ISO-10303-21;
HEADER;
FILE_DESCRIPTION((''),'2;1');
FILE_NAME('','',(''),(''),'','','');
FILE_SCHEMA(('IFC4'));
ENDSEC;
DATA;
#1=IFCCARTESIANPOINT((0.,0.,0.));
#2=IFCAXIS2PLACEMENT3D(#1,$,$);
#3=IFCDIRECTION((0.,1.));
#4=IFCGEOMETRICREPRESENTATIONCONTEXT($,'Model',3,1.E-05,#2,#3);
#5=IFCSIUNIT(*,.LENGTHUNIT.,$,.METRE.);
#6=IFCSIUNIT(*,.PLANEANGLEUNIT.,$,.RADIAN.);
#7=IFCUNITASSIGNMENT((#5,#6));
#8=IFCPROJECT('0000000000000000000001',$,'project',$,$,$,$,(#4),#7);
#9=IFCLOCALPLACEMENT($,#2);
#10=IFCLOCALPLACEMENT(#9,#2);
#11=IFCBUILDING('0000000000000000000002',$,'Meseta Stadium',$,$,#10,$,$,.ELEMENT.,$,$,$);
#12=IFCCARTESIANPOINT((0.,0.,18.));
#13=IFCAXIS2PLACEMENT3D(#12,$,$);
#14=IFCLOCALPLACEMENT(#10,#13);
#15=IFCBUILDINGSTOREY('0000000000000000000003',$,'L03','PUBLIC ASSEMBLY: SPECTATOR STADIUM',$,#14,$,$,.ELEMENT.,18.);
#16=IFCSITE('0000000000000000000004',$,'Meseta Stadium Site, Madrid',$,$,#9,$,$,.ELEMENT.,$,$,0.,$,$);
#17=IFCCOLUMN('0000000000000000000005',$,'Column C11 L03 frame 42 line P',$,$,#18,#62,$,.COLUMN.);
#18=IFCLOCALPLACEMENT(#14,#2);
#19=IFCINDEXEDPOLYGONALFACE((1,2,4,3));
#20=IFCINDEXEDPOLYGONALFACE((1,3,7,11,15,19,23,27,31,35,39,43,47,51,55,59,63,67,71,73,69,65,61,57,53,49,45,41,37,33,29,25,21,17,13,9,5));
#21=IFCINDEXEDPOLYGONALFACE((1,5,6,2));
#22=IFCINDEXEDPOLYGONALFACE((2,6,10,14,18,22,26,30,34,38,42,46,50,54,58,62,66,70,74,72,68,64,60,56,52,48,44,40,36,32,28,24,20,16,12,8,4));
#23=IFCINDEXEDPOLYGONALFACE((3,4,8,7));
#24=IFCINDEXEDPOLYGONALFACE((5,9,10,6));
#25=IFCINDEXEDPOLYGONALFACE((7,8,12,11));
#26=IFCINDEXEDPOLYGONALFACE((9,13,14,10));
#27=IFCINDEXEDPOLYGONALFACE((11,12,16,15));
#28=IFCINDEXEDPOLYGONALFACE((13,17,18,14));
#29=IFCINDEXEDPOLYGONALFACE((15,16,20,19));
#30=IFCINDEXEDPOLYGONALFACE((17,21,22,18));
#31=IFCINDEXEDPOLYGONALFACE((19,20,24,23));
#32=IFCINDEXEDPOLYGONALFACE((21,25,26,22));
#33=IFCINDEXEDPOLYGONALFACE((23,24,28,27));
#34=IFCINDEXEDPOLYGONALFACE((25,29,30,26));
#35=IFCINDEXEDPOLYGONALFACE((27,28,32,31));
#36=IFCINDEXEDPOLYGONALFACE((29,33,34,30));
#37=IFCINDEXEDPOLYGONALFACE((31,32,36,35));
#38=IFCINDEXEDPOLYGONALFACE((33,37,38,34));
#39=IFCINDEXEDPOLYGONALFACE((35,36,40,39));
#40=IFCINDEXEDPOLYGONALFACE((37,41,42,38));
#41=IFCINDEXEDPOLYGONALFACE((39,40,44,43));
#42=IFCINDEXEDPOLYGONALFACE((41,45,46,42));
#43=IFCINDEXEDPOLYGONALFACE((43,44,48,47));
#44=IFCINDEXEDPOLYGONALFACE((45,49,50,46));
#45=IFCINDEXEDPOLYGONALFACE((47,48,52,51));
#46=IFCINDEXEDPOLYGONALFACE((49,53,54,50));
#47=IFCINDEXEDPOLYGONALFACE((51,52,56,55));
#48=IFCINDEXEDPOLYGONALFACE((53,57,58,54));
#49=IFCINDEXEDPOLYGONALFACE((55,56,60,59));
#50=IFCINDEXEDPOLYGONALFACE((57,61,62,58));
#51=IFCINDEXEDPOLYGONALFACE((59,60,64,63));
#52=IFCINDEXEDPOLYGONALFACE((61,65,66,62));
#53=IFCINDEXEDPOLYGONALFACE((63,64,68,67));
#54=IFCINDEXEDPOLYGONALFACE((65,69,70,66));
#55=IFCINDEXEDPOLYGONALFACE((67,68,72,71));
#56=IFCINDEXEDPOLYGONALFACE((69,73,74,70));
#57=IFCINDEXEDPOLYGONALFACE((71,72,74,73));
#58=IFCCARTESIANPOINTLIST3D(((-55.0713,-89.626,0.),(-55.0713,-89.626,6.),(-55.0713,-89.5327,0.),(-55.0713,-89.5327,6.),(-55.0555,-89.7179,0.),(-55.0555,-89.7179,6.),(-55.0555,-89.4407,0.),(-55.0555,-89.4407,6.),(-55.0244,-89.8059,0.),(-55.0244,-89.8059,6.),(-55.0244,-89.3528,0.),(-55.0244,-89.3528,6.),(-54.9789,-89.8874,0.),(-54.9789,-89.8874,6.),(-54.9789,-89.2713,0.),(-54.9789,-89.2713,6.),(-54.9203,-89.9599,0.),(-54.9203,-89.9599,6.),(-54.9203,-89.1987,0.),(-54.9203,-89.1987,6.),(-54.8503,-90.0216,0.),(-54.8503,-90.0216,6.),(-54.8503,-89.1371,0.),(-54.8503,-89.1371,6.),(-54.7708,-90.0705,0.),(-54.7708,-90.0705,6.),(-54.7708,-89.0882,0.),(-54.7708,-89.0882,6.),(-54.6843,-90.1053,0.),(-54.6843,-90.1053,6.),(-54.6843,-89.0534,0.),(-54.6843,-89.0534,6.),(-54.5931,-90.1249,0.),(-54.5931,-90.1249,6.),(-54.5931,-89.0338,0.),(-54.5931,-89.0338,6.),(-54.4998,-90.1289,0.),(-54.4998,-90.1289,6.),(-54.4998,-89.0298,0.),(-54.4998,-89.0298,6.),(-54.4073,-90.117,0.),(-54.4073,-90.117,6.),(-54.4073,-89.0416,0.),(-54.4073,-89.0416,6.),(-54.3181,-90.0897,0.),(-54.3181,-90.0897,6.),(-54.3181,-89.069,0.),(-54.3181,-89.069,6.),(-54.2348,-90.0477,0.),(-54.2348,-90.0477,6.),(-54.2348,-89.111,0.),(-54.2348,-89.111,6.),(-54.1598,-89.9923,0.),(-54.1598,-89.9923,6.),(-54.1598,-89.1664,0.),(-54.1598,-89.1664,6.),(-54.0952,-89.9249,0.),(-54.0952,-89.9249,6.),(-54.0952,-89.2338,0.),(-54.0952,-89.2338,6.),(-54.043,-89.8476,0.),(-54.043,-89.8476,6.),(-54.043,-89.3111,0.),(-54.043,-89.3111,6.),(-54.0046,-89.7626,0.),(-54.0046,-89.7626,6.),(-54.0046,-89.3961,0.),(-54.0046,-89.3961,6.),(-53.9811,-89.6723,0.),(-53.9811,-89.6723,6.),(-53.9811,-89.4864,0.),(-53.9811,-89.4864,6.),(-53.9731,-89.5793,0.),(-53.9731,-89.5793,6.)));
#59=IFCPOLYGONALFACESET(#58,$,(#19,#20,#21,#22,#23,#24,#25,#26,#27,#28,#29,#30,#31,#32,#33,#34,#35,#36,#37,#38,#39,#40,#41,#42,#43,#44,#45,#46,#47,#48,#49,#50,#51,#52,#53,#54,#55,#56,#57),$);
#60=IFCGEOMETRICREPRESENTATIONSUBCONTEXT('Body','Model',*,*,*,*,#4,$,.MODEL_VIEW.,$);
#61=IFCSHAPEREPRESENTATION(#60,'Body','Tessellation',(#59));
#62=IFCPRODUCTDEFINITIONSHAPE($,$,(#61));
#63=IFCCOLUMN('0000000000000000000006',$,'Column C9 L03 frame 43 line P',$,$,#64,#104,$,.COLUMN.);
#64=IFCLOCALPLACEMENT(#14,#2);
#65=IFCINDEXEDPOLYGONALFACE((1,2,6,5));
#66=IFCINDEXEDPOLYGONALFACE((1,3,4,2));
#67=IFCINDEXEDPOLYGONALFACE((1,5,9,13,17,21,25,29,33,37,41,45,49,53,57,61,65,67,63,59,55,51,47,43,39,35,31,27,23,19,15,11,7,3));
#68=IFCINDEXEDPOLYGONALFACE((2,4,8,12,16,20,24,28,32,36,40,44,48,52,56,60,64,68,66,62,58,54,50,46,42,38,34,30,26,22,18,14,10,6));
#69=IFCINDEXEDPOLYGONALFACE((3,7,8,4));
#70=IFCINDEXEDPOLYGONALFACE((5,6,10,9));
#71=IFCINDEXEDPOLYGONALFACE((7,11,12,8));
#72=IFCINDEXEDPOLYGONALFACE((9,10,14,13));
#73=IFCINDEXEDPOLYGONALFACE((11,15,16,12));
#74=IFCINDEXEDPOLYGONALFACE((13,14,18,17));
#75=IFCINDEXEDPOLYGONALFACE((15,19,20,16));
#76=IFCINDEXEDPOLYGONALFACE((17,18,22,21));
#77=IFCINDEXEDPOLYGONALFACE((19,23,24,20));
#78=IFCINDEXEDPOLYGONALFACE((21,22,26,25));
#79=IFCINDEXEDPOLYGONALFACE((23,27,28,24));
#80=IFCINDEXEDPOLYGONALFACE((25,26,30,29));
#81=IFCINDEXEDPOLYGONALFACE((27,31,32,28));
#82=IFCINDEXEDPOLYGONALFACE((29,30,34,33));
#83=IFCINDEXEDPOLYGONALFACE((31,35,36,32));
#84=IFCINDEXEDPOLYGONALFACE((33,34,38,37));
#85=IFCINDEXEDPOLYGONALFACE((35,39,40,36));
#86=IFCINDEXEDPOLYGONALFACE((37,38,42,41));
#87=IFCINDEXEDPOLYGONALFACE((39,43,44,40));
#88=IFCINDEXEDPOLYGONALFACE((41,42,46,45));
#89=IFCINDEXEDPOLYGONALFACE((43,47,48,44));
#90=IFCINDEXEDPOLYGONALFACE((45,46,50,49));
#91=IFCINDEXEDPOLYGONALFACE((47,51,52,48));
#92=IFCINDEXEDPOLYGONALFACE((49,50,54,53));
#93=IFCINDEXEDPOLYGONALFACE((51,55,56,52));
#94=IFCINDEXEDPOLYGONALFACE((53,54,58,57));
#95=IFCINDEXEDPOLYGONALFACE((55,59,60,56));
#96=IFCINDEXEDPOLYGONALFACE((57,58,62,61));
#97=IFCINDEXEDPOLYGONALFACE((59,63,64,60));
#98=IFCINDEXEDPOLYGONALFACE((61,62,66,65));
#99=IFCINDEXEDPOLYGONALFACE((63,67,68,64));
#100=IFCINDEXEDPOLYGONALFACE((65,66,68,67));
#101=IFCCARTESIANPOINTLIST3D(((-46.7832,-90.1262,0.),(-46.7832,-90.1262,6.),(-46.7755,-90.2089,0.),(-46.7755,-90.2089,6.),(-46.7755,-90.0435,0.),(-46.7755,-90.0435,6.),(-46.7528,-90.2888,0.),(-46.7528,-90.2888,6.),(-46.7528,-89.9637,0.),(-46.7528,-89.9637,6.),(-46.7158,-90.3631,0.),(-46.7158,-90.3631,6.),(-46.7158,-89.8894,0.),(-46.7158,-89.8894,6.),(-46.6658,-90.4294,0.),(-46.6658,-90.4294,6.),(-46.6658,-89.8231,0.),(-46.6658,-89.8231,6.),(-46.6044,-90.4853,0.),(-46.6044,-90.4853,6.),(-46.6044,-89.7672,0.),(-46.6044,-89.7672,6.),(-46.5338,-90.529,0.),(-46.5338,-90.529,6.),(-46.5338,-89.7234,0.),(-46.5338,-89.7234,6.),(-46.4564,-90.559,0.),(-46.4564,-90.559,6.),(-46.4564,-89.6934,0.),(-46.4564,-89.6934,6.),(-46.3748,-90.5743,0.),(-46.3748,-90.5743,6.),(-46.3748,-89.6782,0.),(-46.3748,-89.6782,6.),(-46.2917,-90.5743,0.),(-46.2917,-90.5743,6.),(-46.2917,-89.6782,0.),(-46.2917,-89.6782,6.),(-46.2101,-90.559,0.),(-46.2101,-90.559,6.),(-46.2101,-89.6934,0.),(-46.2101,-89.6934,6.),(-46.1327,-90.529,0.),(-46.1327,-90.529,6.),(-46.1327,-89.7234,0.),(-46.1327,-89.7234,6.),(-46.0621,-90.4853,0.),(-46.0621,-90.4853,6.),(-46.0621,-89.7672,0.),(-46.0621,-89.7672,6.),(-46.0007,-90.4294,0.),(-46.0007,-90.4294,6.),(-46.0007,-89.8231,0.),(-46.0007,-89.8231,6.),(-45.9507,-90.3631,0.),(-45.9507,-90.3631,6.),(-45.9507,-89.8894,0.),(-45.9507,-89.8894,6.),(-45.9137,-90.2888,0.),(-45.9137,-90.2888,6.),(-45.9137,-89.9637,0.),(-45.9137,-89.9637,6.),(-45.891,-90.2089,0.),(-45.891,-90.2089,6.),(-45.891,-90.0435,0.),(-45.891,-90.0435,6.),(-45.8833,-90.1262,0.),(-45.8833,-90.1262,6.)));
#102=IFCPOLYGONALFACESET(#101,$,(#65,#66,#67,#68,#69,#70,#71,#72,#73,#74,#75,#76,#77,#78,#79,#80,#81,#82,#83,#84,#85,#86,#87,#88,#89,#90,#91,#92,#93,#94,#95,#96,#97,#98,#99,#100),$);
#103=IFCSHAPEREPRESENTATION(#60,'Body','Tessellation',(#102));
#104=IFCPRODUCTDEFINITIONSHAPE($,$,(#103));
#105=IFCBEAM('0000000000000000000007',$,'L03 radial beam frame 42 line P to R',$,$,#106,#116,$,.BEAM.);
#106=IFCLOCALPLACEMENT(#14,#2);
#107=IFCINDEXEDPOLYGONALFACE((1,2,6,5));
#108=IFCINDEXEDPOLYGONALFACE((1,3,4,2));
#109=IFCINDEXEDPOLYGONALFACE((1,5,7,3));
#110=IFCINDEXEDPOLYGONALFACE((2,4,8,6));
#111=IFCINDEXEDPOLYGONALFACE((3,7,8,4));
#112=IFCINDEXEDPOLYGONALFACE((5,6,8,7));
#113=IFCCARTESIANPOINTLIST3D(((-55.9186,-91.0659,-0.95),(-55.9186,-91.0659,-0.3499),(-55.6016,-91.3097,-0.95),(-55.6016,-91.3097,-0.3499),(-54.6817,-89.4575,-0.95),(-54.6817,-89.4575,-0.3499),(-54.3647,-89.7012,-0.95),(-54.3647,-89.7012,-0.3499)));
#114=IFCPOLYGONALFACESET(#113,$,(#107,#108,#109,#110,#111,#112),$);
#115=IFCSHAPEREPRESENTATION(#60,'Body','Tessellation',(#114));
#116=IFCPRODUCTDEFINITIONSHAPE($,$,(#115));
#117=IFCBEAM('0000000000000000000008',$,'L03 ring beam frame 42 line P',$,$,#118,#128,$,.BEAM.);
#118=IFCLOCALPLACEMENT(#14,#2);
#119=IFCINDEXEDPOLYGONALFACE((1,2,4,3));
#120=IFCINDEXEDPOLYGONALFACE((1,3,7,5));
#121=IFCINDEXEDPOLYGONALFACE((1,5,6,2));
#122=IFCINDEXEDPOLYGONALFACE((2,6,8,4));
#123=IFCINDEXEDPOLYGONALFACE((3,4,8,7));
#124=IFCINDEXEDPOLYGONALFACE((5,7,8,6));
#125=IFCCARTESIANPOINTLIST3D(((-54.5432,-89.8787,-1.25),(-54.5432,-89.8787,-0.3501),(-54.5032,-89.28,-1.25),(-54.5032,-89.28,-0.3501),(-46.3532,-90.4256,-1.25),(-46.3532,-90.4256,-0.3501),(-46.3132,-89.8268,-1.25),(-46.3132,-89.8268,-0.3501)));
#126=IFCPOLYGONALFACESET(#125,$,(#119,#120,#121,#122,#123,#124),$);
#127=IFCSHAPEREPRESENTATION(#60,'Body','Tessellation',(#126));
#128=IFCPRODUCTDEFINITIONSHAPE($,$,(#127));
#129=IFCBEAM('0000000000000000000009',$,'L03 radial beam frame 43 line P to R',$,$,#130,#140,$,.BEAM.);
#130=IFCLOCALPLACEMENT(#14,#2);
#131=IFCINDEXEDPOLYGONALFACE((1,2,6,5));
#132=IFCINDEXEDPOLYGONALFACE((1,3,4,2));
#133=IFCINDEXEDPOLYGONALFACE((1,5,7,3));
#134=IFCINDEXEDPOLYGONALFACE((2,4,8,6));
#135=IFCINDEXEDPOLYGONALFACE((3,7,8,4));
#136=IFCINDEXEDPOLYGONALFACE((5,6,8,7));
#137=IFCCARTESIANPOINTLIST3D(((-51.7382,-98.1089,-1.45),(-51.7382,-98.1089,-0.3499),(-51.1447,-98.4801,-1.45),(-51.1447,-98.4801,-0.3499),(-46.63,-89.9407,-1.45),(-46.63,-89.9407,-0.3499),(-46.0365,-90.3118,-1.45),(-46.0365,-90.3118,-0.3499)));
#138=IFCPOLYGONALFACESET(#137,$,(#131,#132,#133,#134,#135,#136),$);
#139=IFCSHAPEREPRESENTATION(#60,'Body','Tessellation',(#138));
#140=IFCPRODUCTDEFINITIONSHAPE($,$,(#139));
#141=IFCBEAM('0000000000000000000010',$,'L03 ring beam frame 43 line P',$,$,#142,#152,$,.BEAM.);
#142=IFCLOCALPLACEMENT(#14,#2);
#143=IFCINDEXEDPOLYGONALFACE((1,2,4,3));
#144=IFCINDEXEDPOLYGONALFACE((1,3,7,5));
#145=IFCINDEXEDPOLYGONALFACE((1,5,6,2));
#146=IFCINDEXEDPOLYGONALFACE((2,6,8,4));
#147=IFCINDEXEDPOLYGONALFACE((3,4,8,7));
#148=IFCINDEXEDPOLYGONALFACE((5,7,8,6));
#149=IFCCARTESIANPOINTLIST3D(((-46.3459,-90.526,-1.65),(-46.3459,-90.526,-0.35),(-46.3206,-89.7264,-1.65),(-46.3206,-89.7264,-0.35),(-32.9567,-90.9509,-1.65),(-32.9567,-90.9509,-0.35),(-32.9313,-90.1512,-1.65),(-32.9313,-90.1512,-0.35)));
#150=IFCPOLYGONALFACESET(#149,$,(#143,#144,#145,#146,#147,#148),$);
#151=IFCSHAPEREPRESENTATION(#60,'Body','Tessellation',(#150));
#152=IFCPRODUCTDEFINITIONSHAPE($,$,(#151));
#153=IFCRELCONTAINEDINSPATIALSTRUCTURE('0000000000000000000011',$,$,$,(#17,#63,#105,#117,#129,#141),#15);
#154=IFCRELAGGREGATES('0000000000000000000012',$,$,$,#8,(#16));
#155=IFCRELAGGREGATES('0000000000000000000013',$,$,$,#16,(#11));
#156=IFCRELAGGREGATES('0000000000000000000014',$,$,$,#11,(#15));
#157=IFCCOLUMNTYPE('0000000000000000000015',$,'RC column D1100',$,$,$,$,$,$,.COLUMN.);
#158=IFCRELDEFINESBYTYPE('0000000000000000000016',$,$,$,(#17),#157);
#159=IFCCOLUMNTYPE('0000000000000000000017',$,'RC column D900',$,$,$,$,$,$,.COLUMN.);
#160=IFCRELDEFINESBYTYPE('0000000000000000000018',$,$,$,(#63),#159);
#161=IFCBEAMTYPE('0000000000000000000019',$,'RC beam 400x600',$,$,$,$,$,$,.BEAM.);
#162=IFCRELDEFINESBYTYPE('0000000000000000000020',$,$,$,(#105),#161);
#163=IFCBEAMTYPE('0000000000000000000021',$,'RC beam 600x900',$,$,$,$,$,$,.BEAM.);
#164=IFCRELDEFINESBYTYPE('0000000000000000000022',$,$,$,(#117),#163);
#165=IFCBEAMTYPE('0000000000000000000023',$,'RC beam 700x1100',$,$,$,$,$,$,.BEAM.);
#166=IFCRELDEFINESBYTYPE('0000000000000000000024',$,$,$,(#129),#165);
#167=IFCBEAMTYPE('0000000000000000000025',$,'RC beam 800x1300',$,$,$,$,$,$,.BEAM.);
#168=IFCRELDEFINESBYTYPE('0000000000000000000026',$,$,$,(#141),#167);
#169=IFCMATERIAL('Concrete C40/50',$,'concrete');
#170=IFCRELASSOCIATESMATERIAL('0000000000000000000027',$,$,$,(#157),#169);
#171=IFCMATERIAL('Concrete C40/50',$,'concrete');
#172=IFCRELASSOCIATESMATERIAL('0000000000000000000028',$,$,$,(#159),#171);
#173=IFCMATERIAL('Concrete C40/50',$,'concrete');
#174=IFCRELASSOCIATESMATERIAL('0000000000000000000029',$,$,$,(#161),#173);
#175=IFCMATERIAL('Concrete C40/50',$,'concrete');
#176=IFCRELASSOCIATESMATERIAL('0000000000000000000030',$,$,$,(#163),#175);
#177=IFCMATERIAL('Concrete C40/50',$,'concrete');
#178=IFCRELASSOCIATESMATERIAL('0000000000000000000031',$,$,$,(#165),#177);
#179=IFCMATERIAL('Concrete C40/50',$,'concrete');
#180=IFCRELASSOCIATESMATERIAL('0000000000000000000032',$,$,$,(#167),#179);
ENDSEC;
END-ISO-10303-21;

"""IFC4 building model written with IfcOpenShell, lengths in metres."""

from ifc_helpers import new_model, si_unit, direction, frame, origin, origin_2d, place, context, subcontext, project, spatial, rectangle, circle, extrude, material, material_profile, profile_set, type_object, element, save


model = new_model("IFC4")

# Units and contexts
model_context = context("Model", 3, precision=1e-05, world=origin(), true_north=direction((0.0, 1.0)))
body_context = subcontext(model_context, "Body", "Model", "MODEL_VIEW")
ifc_project = project(units=[si_unit("LENGTHUNIT", "METRE"), si_unit("PLANEANGLEUNIT", "RADIAN")], contexts=[model_context])

# Site, building, storey
site_placement = place(None, origin())
site = spatial("IfcSite", under=ifc_project, at=site_placement, Name="Meseta Stadium Site, Madrid", CompositionType="ELEMENT", RefElevation=0.0)
building_placement = place(site_placement, origin())
building = spatial("IfcBuilding", under=site, at=building_placement, Name="Meseta Stadium", CompositionType="ELEMENT")
storey_placement = place(building_placement, frame((0.0, 0.0, 18.0)))
storey = spatial("IfcBuildingStorey", under=building, at=storey_placement, Name="L03", Description="PUBLIC ASSEMBLY: SPECTATOR STADIUM", CompositionType="ELEMENT", Elevation=18.0)

# Columns
ifc_material_1 = material(Name="Concrete C40/50", Category="concrete")
ifc_material_profile_1 = material_profile(ifc_material_1, circle(Radius=0.55, at=origin_2d()), Name="RC D1100")
ifc_profile_set_1 = profile_set([ifc_material_profile_1], Name="Concrete C40/50")
column_type_1 = type_object("IfcColumnType", Name="RC column D1100", PredefinedType="COLUMN", material=ifc_profile_set_1)
column_1_placement = place(storey_placement, frame((-54.5232, -89.5793, 0.0), z_axis=(0.0, 0.0, 1.0), x_axis=(1.0, 0.0, 0.0)))
element("IfcColumn", 1, at=column_1_placement, inside=storey, type_object=column_type_1, Name="Column C11 L03 frame 42 line P", PredefinedType="COLUMN", context=body_context, shape_type="SweptSolid", body=[
    extrude(circle(Radius=0.55, at=origin_2d()), origin(), (0.0, 0.0, 1.0), 6.0),
])
ifc_material_2 = material(Name="Concrete C40/50", Category="concrete")
ifc_material_profile_2 = material_profile(ifc_material_2, circle(Radius=0.45, at=origin_2d()), Name="RC D900")
ifc_profile_set_2 = profile_set([ifc_material_profile_2], Name="Concrete C40/50")
column_type_2 = type_object("IfcColumnType", Name="RC column D900", PredefinedType="COLUMN", material=ifc_profile_set_2)
column_2_placement = place(storey_placement, frame((-46.3333, -90.1262, 0.0), z_axis=(0.0, 0.0, 1.0), x_axis=(1.0, 0.0, 0.0)))
element("IfcColumn", 2, at=column_2_placement, inside=storey, type_object=column_type_2, Name="Column C9 L03 frame 43 line P", PredefinedType="COLUMN", context=body_context, shape_type="SweptSolid", body=[
    extrude(circle(Radius=0.45, at=origin_2d()), origin(), (0.0, 0.0, 1.0), 6.0),
])

# Beams
ifc_material_3 = material(Name="Concrete C40/50", Category="concrete")
ifc_material_profile_3 = material_profile(ifc_material_3, rectangle(XDim=0.3999, YDim=0.6001, at=origin_2d()), Name="RC 400x600")
ifc_profile_set_3 = profile_set([ifc_material_profile_3], Name="Concrete C40/50")
beam_type_1 = type_object("IfcBeamType", Name="RC beam 400x600", PredefinedType="BEAM", material=ifc_profile_set_3)
beam_1_placement = place(storey_placement, frame((-54.5232, -89.5793, -0.6499), z_axis=(-0.609583, -0.792722, 0.0), x_axis=(0.792722, -0.609583, 0.0)))
element("IfcBeam", 3, at=beam_1_placement, inside=storey, type_object=beam_type_1, Name="L03 radial beam frame 42 line P to R", PredefinedType="BEAM", context=body_context, shape_type="SweptSolid", body=[
    extrude(rectangle(XDim=0.3999, YDim=0.6001, at=origin_2d()), origin(), (0.0, 0.0, 1.0), 2.0291),
])
ifc_material_4 = material(Name="Concrete C40/50", Category="concrete")
ifc_material_profile_4 = material_profile(ifc_material_4, rectangle(XDim=0.6001, YDim=0.8999, at=origin_2d()), Name="RC 600x900")
ifc_profile_set_4 = profile_set([ifc_material_profile_4], Name="Concrete C40/50")
beam_type_2 = type_object("IfcBeamType", Name="RC beam 600x900", PredefinedType="BEAM", material=ifc_profile_set_4)
beam_2_placement = place(storey_placement, frame((-54.5232, -89.5793, -0.8), z_axis=(0.997778, -0.066626, 0.0), x_axis=(0.066626, 0.997778, 0.0)))
element("IfcBeam", 4, at=beam_2_placement, inside=storey, type_object=beam_type_2, Name="L03 ring beam frame 42 line P", PredefinedType="BEAM", context=body_context, shape_type="SweptSolid", body=[
    extrude(rectangle(XDim=0.6001, YDim=0.8999, at=origin_2d()), origin(), (0.0, 0.0, 1.0), 8.2083),
])
ifc_material_5 = material(Name="Concrete C40/50", Category="concrete")
ifc_material_profile_5 = material_profile(ifc_material_5, rectangle(XDim=0.7, YDim=1.1001, at=origin_2d()), Name="RC 700x1100")
ifc_profile_set_5 = profile_set([ifc_material_profile_5], Name="Concrete C40/50")
beam_type_3 = type_object("IfcBeamType", Name="RC beam 700x1100", PredefinedType="BEAM", material=ifc_profile_set_5)
beam_3_placement = place(storey_placement, frame((-46.3333, -90.1262, -0.8999), z_axis=(-0.530224, -0.847857, 0.0), x_axis=(0.847857, -0.530224, 0.0)))
element("IfcBeam", 5, at=beam_3_placement, inside=storey, type_object=beam_type_3, Name="L03 radial beam frame 43 line P to R", PredefinedType="BEAM", context=body_context, shape_type="SweptSolid", body=[
    extrude(rectangle(XDim=0.7, YDim=1.1001, at=origin_2d()), origin(), (0.0, 0.0, 1.0), 9.634),
])
ifc_material_6 = material(Name="Concrete C40/50", Category="concrete")
ifc_material_profile_6 = material_profile(ifc_material_6, rectangle(XDim=0.8, YDim=1.3, at=origin_2d()), Name="RC 800x1300")
ifc_profile_set_6 = profile_set([ifc_material_profile_6], Name="Concrete C40/50")
beam_type_4 = type_object("IfcBeamType", Name="RC beam 800x1300", PredefinedType="BEAM", material=ifc_profile_set_6)
beam_4_placement = place(storey_placement, frame((-46.3333, -90.1262, -1.0), z_axis=(0.999497, -0.031712, 0.0), x_axis=(0.031712, 0.999497, 0.0)))
element("IfcBeam", 6, at=beam_4_placement, inside=storey, type_object=beam_type_4, Name="L03 ring beam frame 43 line P", PredefinedType="BEAM", context=body_context, shape_type="SweptSolid", body=[
    extrude(rectangle(XDim=0.8, YDim=1.3, at=origin_2d()), origin(), (0.0, 0.0, 1.0), 13.396),
])

save(model, "model.ifc")
